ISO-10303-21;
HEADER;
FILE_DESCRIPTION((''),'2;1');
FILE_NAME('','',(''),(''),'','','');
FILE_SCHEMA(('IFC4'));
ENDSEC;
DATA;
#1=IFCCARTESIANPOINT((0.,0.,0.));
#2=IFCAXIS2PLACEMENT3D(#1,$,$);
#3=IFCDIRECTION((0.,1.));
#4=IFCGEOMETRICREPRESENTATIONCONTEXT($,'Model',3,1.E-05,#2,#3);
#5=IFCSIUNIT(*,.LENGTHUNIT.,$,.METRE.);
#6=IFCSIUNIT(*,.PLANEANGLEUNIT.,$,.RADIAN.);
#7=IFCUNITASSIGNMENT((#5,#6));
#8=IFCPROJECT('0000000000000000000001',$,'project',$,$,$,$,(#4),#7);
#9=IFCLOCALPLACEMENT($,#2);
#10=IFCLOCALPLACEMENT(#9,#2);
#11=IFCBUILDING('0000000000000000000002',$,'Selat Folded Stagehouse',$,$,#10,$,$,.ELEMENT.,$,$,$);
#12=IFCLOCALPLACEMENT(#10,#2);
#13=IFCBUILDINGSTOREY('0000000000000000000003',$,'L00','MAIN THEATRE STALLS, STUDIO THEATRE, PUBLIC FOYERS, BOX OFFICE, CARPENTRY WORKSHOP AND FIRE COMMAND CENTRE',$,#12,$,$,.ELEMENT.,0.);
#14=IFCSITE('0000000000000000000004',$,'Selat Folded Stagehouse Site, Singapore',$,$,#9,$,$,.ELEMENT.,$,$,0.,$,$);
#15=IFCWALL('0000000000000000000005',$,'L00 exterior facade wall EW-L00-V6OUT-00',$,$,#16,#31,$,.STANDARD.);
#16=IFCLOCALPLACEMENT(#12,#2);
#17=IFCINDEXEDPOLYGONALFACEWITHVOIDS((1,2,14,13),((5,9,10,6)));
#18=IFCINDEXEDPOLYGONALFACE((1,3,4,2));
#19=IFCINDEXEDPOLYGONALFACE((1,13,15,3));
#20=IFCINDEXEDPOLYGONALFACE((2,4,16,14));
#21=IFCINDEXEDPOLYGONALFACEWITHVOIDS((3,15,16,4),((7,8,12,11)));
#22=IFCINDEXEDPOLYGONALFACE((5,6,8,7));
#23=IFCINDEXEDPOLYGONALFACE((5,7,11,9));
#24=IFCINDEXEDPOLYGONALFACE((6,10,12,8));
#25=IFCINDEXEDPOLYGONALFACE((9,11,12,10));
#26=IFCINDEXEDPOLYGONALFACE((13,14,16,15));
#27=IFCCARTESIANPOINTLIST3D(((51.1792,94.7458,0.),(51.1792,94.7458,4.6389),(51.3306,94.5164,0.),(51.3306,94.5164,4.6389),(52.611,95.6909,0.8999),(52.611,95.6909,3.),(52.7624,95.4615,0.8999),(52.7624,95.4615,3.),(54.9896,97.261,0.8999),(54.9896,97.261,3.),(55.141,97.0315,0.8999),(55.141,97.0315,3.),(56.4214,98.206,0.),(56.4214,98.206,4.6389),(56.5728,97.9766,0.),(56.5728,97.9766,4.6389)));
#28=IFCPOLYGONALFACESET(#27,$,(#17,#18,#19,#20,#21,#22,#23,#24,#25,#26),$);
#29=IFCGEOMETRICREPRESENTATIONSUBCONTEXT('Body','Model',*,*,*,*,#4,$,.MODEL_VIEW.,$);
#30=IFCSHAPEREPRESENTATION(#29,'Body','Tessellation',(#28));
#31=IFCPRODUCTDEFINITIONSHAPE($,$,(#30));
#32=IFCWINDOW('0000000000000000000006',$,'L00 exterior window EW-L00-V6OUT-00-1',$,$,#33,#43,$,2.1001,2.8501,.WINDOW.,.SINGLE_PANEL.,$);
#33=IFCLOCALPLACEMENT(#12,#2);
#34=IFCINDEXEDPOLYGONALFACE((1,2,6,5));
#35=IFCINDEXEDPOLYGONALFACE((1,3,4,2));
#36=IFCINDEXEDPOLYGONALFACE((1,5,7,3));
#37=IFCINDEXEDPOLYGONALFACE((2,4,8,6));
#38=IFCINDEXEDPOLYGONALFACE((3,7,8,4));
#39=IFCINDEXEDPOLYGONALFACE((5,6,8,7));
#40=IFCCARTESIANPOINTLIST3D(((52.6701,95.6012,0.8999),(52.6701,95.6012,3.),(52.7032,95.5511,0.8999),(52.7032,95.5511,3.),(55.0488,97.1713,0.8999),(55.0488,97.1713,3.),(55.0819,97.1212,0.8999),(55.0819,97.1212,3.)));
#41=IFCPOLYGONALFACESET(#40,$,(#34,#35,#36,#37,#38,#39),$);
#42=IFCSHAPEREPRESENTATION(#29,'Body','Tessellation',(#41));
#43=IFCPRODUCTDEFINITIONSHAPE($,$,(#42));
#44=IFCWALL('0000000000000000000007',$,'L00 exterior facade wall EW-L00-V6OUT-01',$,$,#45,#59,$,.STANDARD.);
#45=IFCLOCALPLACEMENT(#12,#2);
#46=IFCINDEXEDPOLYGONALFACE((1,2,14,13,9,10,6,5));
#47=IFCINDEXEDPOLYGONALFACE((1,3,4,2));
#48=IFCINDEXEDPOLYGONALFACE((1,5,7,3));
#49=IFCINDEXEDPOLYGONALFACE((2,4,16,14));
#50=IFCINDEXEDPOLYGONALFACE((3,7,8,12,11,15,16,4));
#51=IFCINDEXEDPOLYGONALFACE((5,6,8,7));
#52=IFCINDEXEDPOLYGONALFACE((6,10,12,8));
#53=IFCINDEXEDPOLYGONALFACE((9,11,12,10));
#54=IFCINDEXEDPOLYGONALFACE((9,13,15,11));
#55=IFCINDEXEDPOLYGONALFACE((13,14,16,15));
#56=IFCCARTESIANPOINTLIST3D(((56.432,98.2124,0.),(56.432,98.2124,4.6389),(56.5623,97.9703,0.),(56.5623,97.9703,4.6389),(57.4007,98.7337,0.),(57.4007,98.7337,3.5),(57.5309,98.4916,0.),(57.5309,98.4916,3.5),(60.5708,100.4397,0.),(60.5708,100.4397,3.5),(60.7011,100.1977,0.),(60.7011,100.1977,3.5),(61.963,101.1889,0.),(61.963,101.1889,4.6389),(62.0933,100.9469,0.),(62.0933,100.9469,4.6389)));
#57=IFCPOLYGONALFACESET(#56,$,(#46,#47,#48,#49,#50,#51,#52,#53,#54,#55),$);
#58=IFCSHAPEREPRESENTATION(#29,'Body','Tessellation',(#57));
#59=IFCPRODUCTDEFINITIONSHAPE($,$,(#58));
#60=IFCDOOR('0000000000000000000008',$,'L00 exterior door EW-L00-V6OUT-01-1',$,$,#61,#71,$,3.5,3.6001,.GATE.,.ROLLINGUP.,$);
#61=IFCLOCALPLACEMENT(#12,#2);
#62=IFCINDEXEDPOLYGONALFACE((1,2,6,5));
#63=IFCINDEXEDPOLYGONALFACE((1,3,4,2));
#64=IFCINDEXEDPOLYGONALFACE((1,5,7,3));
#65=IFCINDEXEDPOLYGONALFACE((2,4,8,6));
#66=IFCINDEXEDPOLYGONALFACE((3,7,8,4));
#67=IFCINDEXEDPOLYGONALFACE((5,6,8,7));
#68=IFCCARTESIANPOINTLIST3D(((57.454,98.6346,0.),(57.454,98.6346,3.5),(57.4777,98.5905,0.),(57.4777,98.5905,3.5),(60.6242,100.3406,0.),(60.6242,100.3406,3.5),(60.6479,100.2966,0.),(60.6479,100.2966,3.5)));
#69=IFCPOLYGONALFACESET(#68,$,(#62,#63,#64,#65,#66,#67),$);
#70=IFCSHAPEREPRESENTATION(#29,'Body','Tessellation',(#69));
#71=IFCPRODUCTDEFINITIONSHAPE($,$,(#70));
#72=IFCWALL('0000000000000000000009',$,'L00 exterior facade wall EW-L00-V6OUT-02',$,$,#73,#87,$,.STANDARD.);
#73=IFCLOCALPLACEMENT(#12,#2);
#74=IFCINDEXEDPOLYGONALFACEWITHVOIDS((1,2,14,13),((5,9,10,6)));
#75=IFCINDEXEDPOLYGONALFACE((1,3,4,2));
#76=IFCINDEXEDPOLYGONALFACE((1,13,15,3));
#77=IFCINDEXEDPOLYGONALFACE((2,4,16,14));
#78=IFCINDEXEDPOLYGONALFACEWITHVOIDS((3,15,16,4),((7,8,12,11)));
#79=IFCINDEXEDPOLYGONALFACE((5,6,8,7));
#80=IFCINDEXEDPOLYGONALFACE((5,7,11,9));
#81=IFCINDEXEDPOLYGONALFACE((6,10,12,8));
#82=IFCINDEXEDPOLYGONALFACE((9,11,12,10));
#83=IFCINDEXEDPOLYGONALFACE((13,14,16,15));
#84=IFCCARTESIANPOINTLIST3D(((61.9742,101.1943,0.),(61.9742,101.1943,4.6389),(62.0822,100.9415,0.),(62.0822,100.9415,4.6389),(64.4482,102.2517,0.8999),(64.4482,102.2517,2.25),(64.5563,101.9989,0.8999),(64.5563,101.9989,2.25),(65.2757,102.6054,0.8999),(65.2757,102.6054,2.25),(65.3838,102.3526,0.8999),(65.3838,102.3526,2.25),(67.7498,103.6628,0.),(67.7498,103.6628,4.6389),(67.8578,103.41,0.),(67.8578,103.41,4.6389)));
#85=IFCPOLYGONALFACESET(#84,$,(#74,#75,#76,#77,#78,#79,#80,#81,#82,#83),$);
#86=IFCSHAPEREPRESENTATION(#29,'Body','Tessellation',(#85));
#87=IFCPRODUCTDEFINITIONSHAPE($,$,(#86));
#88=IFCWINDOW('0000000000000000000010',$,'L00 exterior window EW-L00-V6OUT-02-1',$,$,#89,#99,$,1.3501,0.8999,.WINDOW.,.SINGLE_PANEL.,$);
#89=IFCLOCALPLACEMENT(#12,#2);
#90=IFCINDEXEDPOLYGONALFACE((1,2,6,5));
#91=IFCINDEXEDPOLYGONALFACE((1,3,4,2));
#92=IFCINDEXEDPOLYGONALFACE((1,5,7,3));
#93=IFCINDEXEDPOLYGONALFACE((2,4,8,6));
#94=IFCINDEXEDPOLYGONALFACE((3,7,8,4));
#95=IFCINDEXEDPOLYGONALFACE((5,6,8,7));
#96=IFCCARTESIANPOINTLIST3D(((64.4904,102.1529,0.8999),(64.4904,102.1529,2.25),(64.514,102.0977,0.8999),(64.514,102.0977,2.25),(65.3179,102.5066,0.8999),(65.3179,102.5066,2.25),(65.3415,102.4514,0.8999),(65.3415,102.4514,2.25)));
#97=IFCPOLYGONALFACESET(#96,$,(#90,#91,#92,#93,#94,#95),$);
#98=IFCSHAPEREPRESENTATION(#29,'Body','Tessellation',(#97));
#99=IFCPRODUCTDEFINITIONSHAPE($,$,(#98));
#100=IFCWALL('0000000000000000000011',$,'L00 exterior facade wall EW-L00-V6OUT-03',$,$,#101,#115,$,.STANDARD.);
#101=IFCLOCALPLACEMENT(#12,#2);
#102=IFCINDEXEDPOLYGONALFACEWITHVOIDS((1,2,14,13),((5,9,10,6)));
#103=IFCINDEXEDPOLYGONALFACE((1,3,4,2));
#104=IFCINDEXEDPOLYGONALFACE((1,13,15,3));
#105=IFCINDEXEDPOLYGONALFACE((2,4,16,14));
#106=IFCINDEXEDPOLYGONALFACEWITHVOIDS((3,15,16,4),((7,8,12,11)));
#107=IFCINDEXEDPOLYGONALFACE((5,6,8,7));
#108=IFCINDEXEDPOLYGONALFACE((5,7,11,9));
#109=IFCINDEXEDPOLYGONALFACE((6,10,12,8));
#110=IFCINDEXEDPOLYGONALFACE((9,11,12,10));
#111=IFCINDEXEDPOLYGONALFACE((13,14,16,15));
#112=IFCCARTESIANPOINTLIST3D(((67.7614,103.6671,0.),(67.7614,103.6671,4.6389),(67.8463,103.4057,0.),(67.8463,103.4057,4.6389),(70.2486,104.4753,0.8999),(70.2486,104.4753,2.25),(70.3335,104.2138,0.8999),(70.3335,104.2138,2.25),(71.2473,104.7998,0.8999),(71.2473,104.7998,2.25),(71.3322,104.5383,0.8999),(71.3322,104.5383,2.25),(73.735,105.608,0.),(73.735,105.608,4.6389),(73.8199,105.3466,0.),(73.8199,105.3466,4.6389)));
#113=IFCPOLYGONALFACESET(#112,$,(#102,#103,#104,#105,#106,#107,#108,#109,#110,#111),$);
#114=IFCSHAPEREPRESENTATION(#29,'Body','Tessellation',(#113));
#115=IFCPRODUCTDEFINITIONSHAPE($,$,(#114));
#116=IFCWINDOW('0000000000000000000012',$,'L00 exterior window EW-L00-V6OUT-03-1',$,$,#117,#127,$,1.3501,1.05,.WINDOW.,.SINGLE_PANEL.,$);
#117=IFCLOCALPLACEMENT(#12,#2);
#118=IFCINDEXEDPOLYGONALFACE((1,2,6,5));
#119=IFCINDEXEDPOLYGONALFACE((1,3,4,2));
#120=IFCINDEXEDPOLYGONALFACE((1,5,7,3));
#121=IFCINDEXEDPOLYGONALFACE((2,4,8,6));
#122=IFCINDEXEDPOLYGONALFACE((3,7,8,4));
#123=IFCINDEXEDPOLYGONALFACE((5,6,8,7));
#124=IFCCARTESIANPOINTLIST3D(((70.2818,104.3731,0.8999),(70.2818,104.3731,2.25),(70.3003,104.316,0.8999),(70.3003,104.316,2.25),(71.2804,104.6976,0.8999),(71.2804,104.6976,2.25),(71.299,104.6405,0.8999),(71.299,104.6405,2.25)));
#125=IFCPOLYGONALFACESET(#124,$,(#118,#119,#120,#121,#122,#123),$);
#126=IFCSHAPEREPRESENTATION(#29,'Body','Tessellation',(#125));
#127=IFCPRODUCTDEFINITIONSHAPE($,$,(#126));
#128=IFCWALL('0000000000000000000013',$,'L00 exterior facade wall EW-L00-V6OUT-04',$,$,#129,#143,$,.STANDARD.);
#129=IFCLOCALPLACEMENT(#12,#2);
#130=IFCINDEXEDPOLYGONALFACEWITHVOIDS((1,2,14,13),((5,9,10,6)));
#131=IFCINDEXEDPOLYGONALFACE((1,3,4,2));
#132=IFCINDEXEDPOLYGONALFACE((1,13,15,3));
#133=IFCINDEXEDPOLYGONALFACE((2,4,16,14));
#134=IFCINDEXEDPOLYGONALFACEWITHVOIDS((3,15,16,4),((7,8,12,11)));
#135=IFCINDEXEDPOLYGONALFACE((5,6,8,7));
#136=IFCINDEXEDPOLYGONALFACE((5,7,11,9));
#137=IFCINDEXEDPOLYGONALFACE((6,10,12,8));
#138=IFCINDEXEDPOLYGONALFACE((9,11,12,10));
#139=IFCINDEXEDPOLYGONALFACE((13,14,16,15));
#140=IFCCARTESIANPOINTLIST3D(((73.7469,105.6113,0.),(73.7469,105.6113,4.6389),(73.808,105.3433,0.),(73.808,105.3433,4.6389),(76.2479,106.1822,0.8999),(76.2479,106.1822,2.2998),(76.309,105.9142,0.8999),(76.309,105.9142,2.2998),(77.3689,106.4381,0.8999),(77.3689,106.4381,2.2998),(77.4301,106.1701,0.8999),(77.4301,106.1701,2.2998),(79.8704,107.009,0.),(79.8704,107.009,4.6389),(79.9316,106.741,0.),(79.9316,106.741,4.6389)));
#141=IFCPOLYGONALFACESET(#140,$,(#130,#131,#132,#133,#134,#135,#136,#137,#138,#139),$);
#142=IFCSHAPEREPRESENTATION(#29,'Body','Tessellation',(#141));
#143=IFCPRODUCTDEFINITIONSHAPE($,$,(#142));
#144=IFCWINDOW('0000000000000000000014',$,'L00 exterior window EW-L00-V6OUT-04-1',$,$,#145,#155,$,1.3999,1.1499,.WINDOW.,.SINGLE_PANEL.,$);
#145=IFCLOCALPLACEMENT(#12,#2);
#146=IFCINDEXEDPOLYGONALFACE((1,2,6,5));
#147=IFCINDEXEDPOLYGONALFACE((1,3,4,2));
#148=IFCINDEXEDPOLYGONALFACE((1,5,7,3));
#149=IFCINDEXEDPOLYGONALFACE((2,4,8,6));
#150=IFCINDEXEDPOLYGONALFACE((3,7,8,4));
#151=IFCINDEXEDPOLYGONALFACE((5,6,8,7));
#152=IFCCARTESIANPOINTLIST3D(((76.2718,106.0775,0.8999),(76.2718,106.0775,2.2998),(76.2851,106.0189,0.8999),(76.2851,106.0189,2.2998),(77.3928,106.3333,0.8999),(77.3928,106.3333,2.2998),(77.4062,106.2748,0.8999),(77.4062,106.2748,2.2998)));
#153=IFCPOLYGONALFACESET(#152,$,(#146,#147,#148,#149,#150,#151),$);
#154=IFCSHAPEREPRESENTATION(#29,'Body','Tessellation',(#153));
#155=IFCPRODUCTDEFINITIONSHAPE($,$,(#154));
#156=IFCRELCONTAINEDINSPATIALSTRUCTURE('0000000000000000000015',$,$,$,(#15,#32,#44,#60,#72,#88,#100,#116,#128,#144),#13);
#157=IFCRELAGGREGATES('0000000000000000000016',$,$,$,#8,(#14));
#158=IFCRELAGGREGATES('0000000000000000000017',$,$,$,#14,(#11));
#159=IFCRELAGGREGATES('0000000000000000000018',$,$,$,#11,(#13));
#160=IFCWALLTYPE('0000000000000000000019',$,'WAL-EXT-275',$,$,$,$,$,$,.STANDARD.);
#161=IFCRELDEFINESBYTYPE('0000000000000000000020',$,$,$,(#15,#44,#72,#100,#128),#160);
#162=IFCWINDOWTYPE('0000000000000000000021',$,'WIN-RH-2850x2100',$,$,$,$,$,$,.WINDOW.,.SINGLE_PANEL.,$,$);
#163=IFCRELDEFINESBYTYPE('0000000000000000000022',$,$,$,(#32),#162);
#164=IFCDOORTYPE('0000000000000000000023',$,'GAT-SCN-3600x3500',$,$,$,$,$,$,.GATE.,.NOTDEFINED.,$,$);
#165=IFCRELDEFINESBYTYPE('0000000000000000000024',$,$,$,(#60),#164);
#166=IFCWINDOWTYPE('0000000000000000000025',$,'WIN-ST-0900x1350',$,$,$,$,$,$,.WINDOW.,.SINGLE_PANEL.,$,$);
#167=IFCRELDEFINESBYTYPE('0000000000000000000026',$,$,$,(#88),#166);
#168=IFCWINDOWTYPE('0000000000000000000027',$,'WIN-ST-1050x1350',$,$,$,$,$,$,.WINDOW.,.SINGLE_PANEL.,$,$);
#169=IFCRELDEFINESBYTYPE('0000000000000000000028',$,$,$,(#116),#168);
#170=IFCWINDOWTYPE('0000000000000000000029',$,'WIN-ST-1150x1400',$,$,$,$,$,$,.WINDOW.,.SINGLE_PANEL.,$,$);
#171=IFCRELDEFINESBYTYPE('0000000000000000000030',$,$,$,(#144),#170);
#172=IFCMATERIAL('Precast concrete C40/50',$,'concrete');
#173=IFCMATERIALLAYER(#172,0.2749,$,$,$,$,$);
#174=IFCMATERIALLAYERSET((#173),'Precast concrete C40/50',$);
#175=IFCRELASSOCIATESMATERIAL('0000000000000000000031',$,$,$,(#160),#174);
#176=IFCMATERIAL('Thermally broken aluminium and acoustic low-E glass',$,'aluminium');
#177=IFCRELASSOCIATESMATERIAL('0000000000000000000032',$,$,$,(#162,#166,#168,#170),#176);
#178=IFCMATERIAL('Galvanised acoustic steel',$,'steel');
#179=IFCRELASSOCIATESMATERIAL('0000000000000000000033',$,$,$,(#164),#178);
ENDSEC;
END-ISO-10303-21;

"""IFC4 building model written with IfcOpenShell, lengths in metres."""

from ifc_helpers import new_model, si_unit, direction, frame, frame_2d, origin, place, context, subcontext, project, spatial, rectangle, extrude, material, layer, layer_set, type_object, element, fill, save


model = new_model("IFC4")

# Units and contexts
model_context = context("Model", 3, precision=1e-05, world=origin(), true_north=direction((0.0, 1.0)))
body_context = subcontext(model_context, "Body", "Model", "MODEL_VIEW")
ifc_project = project(units=[si_unit("LENGTHUNIT", "METRE"), si_unit("PLANEANGLEUNIT", "RADIAN")], contexts=[model_context])

# Site, building, storey
site_placement = place(None, origin())
site = spatial("IfcSite", under=ifc_project, at=site_placement, Name="Selat Folded Stagehouse Site, Singapore", CompositionType="ELEMENT", RefElevation=0.0)
building_placement = place(site_placement, origin())
building = spatial("IfcBuilding", under=site, at=building_placement, Name="Selat Folded Stagehouse", CompositionType="ELEMENT")
storey_placement = place(building_placement, origin())
storey = spatial("IfcBuildingStorey", under=building, at=storey_placement, Name="L00", Description="MAIN THEATRE STALLS, STUDIO THEATRE, PUBLIC FOYERS, BOX OFFICE, CARPENTRY WORKSHOP AND FIRE COMMAND CENTRE", CompositionType="ELEMENT", Elevation=0.0)

# Wall, opening, window
ifc_material_1 = material(Name="Precast concrete C40/50", Category="concrete")
ifc_layer_1 = layer(ifc_material_1, 0.2749)
ifc_layer_set_1 = layer_set([ifc_layer_1], Name="Precast concrete C40/50")
wall_type = type_object("IfcWallType", Name="WAL-EXT-275", PredefinedType="STANDARD", material=ifc_layer_set_1)
wall_1_placement = place(storey_placement, frame((51.2549, 94.6311, 0.0), z_axis=(0.0, 0.0, 1.0), x_axis=(0.834583, 0.550882, 0.0)))
wall_1 = element("IfcWall", 1, at=wall_1_placement, inside=storey, type_object=wall_type, Name="L00 exterior facade wall EW-L00-V6OUT-00", PredefinedType="STANDARD", context=body_context, shape_type="SweptSolid", body=[
    extrude(rectangle(XDim=6.2812, YDim=0.2749, at=frame_2d((3.1406, 0.0))), origin(), (0.0, 0.0, 1.0), 4.6389),
])
opening_1_placement = place(wall_1_placement, frame((1.7156, 0.0, 0.8999)))
opening_1 = element("IfcOpeningElement", 2, at=opening_1_placement, cuts=wall_1, PredefinedType="OPENING", context=body_context, shape_type="SweptSolid", body=[
    extrude(rectangle(XDim=2.8501, YDim=2.1001, at=frame_2d((1.425, 1.05))), frame((0.0, 0.1475, 0.0), z_axis=(0.0, -1.0, 0.0), x_axis=(1.0, 0.0, 0.0)), (0.0, 0.0, 1.0), 0.2949),
])
ifc_material_2 = material(Name="Thermally broken aluminium and acoustic low-E glass", Category="aluminium")
window_type_1 = type_object("IfcWindowType", Name="WIN-RH-2850x2100", PartitioningType="SINGLE_PANEL", PredefinedType="WINDOW", material=ifc_material_2)
window_1_placement = place(opening_1_placement, origin())
window_1 = element("IfcWindow", 3, at=window_1_placement, inside=storey, type_object=window_type_1, Name="L00 exterior window EW-L00-V6OUT-00-1", OverallHeight=2.1001, OverallWidth=2.8501, PartitioningType="SINGLE_PANEL", PredefinedType="WINDOW", context=body_context, shape_type="SweptSolid", body=[
    extrude(rectangle(XDim=2.8501, YDim=2.1001, at=frame_2d((1.425, 1.05))), frame((0.0, 0.03, 0.0), z_axis=(0.0, -1.0, 0.0), x_axis=(1.0, 0.0, 0.0)), (0.0, 0.0, 1.0), 0.0601),
])
fill(opening_1, window_1)

# Wall, opening, door
wall_2_placement = place(storey_placement, frame((56.4971, 98.0913, 0.0), z_axis=(0.0, 0.0, 1.0), x_axis=(0.880582, 0.473894, 0.0)))
wall_2 = element("IfcWall", 4, at=wall_2_placement, inside=storey, type_object=wall_type, Name="L00 exterior facade wall EW-L00-V6OUT-01", PredefinedType="STANDARD", context=body_context, shape_type="SweptSolid", body=[
    extrude(rectangle(XDim=6.281, YDim=0.2749, at=frame_2d((3.1406, 0.0))), origin(), (0.0, 0.0, 1.0), 4.6389),
])
opening_2_placement = place(wall_2_placement, frame((1.1001, 0.0, 0.0)))
opening_2 = element("IfcOpeningElement", 5, at=opening_2_placement, cuts=wall_2, PredefinedType="OPENING", context=body_context, shape_type="SweptSolid", body=[
    extrude(rectangle(XDim=3.6001, YDim=3.5, at=frame_2d((1.8, 1.75))), frame((0.0, 0.1475, 0.0), z_axis=(0.0, -1.0, 0.0), x_axis=(1.0, 0.0, 0.0)), (0.0, 0.0, 1.0), 0.2949),
])
ifc_material_3 = material(Name="Galvanised acoustic steel", Category="steel")
door_type = type_object("IfcDoorType", Name="GAT-SCN-3600x3500", OperationType="NOTDEFINED", PredefinedType="GATE", material=ifc_material_3)
door_placement = place(opening_2_placement, origin())
door = element("IfcDoor", 6, at=door_placement, inside=storey, type_object=door_type, Name="L00 exterior door EW-L00-V6OUT-01-1", OperationType="ROLLINGUP", OverallHeight=3.5, OverallWidth=3.6001, PredefinedType="GATE", context=body_context, shape_type="SweptSolid", body=[
    extrude(rectangle(XDim=3.6001, YDim=3.5, at=frame_2d((1.8, 1.75))), frame((0.0, 0.0249, 0.0), z_axis=(0.0, -1.0, 0.0), x_axis=(1.0, 0.0, 0.0)), (0.0, 0.0, 1.0), 0.05),
])
fill(opening_2, door)

# Walls, openings, windows
wall_3_placement = place(storey_placement, frame((62.0281, 101.0679, 0.0), z_axis=(0.0, 0.0, 1.0), x_axis=(0.919535, 0.393009, 0.0)))
wall_3 = element("IfcWall", 7, at=wall_3_placement, inside=storey, type_object=wall_type, Name="L00 exterior facade wall EW-L00-V6OUT-02", PredefinedType="STANDARD", context=body_context, shape_type="SweptSolid", body=[
    extrude(rectangle(XDim=6.281, YDim=0.2749, at=frame_2d((3.1406, 0.0))), origin(), (0.0, 0.0, 1.0), 4.6389),
])
opening_3_placement = place(wall_3_placement, frame((2.6907, 0.0, 0.8999)))
opening_3 = element("IfcOpeningElement", 8, at=opening_3_placement, cuts=wall_3, PredefinedType="OPENING", context=body_context, shape_type="SweptSolid", body=[
    extrude(rectangle(XDim=0.8999, YDim=1.3501, at=frame_2d((0.45, 0.675))), frame((0.0, 0.1475, 0.0), z_axis=(0.0, -1.0, 0.0), x_axis=(1.0, 0.0, 0.0)), (0.0, 0.0, 1.0), 0.2949),
])
window_type_2 = type_object("IfcWindowType", Name="WIN-ST-0900x1350", PartitioningType="SINGLE_PANEL", PredefinedType="WINDOW", material=ifc_material_2)
window_2_placement = place(opening_3_placement, origin())
window_2 = element("IfcWindow", 9, at=window_2_placement, inside=storey, type_object=window_type_2, Name="L00 exterior window EW-L00-V6OUT-02-1", OverallHeight=1.3501, OverallWidth=0.8999, PartitioningType="SINGLE_PANEL", PredefinedType="WINDOW", context=body_context, shape_type="SweptSolid", body=[
    extrude(rectangle(XDim=0.8999, YDim=1.3501, at=frame_2d((0.45, 0.675))), frame((0.0, 0.03, 0.0), z_axis=(0.0, -1.0, 0.0), x_axis=(1.0, 0.0, 0.0)), (0.0, 0.0, 1.0), 0.0601),
])
fill(opening_3, window_2)
wall_4_placement = place(storey_placement, frame((67.8037, 103.5364, 0.0), z_axis=(0.0, 0.0, 1.0), x_axis=(0.951058, 0.309012, 0.0)))
wall_4 = element("IfcWall", 10, at=wall_4_placement, inside=storey, type_object=wall_type, Name="L00 exterior facade wall EW-L00-V6OUT-03", PredefinedType="STANDARD", context=body_context, shape_type="SweptSolid", body=[
    extrude(rectangle(XDim=6.281, YDim=0.2749, at=frame_2d((3.1406, 0.0))), origin(), (0.0, 0.0, 1.0), 4.6389),
])
opening_4_placement = place(wall_4_placement, frame((2.6155, 0.0, 0.8999)))
opening_4 = element("IfcOpeningElement", 11, at=opening_4_placement, cuts=wall_4, PredefinedType="OPENING", context=body_context, shape_type="SweptSolid", body=[
    extrude(rectangle(XDim=1.05, YDim=1.3501, at=frame_2d((0.5249, 0.675))), frame((0.0, 0.1475, 0.0), z_axis=(0.0, -1.0, 0.0), x_axis=(1.0, 0.0, 0.0)), (0.0, 0.0, 1.0), 0.2949),
])
window_type_3 = type_object("IfcWindowType", Name="WIN-ST-1050x1350", PartitioningType="SINGLE_PANEL", PredefinedType="WINDOW", material=ifc_material_2)
window_3_placement = place(opening_4_placement, origin())
window_3 = element("IfcWindow", 12, at=window_3_placement, inside=storey, type_object=window_type_3, Name="L00 exterior window EW-L00-V6OUT-03-1", OverallHeight=1.3501, OverallWidth=1.05, PartitioningType="SINGLE_PANEL", PredefinedType="WINDOW", context=body_context, shape_type="SweptSolid", body=[
    extrude(rectangle(XDim=1.05, YDim=1.3501, at=frame_2d((0.5249, 0.675))), frame((0.0, 0.03, 0.0), z_axis=(0.0, -1.0, 0.0), x_axis=(1.0, 0.0, 0.0)), (0.0, 0.0, 1.0), 0.0601),
])
fill(opening_4, window_3)
wall_5_placement = place(storey_placement, frame((73.7773, 105.4773, 0.0), z_axis=(0.0, 0.0, 1.0), x_axis=(0.974926, 0.222528, 0.0)))
wall_5 = element("IfcWall", 13, at=wall_5_placement, inside=storey, type_object=wall_type, Name="L00 exterior facade wall EW-L00-V6OUT-04", PredefinedType="STANDARD", context=body_context, shape_type="SweptSolid", body=[
    extrude(rectangle(XDim=6.281, YDim=0.2749, at=frame_2d((3.1406, 0.0))), origin(), (0.0, 0.0, 1.0), 4.6389),
])
opening_5_placement = place(wall_5_placement, frame((2.5654, 0.0, 0.8999)))
opening_5 = element("IfcOpeningElement", 14, at=opening_5_placement, cuts=wall_5, PredefinedType="OPENING", context=body_context, shape_type="SweptSolid", body=[
    extrude(rectangle(XDim=1.1499, YDim=1.3999, at=frame_2d((0.575, 0.7))), frame((0.0, 0.1475, 0.0), z_axis=(0.0, -1.0, 0.0), x_axis=(1.0, 0.0, 0.0)), (0.0, 0.0, 1.0), 0.2949),
])
window_type_4 = type_object("IfcWindowType", Name="WIN-ST-1150x1400", PartitioningType="SINGLE_PANEL", PredefinedType="WINDOW", material=ifc_material_2)
window_4_placement = place(opening_5_placement, origin())
window_4 = element("IfcWindow", 15, at=window_4_placement, inside=storey, type_object=window_type_4, Name="L00 exterior window EW-L00-V6OUT-04-1", OverallHeight=1.3999, OverallWidth=1.1499, PartitioningType="SINGLE_PANEL", PredefinedType="WINDOW", context=body_context, shape_type="SweptSolid", body=[
    extrude(rectangle(XDim=1.1499, YDim=1.3999, at=frame_2d((0.575, 0.7))), frame((0.0, 0.03, 0.0), z_axis=(0.0, -1.0, 0.0), x_axis=(1.0, 0.0, 0.0)), (0.0, 0.0, 1.0), 0.0601),
])
fill(opening_5, window_4)

save(model, "model.ifc")
